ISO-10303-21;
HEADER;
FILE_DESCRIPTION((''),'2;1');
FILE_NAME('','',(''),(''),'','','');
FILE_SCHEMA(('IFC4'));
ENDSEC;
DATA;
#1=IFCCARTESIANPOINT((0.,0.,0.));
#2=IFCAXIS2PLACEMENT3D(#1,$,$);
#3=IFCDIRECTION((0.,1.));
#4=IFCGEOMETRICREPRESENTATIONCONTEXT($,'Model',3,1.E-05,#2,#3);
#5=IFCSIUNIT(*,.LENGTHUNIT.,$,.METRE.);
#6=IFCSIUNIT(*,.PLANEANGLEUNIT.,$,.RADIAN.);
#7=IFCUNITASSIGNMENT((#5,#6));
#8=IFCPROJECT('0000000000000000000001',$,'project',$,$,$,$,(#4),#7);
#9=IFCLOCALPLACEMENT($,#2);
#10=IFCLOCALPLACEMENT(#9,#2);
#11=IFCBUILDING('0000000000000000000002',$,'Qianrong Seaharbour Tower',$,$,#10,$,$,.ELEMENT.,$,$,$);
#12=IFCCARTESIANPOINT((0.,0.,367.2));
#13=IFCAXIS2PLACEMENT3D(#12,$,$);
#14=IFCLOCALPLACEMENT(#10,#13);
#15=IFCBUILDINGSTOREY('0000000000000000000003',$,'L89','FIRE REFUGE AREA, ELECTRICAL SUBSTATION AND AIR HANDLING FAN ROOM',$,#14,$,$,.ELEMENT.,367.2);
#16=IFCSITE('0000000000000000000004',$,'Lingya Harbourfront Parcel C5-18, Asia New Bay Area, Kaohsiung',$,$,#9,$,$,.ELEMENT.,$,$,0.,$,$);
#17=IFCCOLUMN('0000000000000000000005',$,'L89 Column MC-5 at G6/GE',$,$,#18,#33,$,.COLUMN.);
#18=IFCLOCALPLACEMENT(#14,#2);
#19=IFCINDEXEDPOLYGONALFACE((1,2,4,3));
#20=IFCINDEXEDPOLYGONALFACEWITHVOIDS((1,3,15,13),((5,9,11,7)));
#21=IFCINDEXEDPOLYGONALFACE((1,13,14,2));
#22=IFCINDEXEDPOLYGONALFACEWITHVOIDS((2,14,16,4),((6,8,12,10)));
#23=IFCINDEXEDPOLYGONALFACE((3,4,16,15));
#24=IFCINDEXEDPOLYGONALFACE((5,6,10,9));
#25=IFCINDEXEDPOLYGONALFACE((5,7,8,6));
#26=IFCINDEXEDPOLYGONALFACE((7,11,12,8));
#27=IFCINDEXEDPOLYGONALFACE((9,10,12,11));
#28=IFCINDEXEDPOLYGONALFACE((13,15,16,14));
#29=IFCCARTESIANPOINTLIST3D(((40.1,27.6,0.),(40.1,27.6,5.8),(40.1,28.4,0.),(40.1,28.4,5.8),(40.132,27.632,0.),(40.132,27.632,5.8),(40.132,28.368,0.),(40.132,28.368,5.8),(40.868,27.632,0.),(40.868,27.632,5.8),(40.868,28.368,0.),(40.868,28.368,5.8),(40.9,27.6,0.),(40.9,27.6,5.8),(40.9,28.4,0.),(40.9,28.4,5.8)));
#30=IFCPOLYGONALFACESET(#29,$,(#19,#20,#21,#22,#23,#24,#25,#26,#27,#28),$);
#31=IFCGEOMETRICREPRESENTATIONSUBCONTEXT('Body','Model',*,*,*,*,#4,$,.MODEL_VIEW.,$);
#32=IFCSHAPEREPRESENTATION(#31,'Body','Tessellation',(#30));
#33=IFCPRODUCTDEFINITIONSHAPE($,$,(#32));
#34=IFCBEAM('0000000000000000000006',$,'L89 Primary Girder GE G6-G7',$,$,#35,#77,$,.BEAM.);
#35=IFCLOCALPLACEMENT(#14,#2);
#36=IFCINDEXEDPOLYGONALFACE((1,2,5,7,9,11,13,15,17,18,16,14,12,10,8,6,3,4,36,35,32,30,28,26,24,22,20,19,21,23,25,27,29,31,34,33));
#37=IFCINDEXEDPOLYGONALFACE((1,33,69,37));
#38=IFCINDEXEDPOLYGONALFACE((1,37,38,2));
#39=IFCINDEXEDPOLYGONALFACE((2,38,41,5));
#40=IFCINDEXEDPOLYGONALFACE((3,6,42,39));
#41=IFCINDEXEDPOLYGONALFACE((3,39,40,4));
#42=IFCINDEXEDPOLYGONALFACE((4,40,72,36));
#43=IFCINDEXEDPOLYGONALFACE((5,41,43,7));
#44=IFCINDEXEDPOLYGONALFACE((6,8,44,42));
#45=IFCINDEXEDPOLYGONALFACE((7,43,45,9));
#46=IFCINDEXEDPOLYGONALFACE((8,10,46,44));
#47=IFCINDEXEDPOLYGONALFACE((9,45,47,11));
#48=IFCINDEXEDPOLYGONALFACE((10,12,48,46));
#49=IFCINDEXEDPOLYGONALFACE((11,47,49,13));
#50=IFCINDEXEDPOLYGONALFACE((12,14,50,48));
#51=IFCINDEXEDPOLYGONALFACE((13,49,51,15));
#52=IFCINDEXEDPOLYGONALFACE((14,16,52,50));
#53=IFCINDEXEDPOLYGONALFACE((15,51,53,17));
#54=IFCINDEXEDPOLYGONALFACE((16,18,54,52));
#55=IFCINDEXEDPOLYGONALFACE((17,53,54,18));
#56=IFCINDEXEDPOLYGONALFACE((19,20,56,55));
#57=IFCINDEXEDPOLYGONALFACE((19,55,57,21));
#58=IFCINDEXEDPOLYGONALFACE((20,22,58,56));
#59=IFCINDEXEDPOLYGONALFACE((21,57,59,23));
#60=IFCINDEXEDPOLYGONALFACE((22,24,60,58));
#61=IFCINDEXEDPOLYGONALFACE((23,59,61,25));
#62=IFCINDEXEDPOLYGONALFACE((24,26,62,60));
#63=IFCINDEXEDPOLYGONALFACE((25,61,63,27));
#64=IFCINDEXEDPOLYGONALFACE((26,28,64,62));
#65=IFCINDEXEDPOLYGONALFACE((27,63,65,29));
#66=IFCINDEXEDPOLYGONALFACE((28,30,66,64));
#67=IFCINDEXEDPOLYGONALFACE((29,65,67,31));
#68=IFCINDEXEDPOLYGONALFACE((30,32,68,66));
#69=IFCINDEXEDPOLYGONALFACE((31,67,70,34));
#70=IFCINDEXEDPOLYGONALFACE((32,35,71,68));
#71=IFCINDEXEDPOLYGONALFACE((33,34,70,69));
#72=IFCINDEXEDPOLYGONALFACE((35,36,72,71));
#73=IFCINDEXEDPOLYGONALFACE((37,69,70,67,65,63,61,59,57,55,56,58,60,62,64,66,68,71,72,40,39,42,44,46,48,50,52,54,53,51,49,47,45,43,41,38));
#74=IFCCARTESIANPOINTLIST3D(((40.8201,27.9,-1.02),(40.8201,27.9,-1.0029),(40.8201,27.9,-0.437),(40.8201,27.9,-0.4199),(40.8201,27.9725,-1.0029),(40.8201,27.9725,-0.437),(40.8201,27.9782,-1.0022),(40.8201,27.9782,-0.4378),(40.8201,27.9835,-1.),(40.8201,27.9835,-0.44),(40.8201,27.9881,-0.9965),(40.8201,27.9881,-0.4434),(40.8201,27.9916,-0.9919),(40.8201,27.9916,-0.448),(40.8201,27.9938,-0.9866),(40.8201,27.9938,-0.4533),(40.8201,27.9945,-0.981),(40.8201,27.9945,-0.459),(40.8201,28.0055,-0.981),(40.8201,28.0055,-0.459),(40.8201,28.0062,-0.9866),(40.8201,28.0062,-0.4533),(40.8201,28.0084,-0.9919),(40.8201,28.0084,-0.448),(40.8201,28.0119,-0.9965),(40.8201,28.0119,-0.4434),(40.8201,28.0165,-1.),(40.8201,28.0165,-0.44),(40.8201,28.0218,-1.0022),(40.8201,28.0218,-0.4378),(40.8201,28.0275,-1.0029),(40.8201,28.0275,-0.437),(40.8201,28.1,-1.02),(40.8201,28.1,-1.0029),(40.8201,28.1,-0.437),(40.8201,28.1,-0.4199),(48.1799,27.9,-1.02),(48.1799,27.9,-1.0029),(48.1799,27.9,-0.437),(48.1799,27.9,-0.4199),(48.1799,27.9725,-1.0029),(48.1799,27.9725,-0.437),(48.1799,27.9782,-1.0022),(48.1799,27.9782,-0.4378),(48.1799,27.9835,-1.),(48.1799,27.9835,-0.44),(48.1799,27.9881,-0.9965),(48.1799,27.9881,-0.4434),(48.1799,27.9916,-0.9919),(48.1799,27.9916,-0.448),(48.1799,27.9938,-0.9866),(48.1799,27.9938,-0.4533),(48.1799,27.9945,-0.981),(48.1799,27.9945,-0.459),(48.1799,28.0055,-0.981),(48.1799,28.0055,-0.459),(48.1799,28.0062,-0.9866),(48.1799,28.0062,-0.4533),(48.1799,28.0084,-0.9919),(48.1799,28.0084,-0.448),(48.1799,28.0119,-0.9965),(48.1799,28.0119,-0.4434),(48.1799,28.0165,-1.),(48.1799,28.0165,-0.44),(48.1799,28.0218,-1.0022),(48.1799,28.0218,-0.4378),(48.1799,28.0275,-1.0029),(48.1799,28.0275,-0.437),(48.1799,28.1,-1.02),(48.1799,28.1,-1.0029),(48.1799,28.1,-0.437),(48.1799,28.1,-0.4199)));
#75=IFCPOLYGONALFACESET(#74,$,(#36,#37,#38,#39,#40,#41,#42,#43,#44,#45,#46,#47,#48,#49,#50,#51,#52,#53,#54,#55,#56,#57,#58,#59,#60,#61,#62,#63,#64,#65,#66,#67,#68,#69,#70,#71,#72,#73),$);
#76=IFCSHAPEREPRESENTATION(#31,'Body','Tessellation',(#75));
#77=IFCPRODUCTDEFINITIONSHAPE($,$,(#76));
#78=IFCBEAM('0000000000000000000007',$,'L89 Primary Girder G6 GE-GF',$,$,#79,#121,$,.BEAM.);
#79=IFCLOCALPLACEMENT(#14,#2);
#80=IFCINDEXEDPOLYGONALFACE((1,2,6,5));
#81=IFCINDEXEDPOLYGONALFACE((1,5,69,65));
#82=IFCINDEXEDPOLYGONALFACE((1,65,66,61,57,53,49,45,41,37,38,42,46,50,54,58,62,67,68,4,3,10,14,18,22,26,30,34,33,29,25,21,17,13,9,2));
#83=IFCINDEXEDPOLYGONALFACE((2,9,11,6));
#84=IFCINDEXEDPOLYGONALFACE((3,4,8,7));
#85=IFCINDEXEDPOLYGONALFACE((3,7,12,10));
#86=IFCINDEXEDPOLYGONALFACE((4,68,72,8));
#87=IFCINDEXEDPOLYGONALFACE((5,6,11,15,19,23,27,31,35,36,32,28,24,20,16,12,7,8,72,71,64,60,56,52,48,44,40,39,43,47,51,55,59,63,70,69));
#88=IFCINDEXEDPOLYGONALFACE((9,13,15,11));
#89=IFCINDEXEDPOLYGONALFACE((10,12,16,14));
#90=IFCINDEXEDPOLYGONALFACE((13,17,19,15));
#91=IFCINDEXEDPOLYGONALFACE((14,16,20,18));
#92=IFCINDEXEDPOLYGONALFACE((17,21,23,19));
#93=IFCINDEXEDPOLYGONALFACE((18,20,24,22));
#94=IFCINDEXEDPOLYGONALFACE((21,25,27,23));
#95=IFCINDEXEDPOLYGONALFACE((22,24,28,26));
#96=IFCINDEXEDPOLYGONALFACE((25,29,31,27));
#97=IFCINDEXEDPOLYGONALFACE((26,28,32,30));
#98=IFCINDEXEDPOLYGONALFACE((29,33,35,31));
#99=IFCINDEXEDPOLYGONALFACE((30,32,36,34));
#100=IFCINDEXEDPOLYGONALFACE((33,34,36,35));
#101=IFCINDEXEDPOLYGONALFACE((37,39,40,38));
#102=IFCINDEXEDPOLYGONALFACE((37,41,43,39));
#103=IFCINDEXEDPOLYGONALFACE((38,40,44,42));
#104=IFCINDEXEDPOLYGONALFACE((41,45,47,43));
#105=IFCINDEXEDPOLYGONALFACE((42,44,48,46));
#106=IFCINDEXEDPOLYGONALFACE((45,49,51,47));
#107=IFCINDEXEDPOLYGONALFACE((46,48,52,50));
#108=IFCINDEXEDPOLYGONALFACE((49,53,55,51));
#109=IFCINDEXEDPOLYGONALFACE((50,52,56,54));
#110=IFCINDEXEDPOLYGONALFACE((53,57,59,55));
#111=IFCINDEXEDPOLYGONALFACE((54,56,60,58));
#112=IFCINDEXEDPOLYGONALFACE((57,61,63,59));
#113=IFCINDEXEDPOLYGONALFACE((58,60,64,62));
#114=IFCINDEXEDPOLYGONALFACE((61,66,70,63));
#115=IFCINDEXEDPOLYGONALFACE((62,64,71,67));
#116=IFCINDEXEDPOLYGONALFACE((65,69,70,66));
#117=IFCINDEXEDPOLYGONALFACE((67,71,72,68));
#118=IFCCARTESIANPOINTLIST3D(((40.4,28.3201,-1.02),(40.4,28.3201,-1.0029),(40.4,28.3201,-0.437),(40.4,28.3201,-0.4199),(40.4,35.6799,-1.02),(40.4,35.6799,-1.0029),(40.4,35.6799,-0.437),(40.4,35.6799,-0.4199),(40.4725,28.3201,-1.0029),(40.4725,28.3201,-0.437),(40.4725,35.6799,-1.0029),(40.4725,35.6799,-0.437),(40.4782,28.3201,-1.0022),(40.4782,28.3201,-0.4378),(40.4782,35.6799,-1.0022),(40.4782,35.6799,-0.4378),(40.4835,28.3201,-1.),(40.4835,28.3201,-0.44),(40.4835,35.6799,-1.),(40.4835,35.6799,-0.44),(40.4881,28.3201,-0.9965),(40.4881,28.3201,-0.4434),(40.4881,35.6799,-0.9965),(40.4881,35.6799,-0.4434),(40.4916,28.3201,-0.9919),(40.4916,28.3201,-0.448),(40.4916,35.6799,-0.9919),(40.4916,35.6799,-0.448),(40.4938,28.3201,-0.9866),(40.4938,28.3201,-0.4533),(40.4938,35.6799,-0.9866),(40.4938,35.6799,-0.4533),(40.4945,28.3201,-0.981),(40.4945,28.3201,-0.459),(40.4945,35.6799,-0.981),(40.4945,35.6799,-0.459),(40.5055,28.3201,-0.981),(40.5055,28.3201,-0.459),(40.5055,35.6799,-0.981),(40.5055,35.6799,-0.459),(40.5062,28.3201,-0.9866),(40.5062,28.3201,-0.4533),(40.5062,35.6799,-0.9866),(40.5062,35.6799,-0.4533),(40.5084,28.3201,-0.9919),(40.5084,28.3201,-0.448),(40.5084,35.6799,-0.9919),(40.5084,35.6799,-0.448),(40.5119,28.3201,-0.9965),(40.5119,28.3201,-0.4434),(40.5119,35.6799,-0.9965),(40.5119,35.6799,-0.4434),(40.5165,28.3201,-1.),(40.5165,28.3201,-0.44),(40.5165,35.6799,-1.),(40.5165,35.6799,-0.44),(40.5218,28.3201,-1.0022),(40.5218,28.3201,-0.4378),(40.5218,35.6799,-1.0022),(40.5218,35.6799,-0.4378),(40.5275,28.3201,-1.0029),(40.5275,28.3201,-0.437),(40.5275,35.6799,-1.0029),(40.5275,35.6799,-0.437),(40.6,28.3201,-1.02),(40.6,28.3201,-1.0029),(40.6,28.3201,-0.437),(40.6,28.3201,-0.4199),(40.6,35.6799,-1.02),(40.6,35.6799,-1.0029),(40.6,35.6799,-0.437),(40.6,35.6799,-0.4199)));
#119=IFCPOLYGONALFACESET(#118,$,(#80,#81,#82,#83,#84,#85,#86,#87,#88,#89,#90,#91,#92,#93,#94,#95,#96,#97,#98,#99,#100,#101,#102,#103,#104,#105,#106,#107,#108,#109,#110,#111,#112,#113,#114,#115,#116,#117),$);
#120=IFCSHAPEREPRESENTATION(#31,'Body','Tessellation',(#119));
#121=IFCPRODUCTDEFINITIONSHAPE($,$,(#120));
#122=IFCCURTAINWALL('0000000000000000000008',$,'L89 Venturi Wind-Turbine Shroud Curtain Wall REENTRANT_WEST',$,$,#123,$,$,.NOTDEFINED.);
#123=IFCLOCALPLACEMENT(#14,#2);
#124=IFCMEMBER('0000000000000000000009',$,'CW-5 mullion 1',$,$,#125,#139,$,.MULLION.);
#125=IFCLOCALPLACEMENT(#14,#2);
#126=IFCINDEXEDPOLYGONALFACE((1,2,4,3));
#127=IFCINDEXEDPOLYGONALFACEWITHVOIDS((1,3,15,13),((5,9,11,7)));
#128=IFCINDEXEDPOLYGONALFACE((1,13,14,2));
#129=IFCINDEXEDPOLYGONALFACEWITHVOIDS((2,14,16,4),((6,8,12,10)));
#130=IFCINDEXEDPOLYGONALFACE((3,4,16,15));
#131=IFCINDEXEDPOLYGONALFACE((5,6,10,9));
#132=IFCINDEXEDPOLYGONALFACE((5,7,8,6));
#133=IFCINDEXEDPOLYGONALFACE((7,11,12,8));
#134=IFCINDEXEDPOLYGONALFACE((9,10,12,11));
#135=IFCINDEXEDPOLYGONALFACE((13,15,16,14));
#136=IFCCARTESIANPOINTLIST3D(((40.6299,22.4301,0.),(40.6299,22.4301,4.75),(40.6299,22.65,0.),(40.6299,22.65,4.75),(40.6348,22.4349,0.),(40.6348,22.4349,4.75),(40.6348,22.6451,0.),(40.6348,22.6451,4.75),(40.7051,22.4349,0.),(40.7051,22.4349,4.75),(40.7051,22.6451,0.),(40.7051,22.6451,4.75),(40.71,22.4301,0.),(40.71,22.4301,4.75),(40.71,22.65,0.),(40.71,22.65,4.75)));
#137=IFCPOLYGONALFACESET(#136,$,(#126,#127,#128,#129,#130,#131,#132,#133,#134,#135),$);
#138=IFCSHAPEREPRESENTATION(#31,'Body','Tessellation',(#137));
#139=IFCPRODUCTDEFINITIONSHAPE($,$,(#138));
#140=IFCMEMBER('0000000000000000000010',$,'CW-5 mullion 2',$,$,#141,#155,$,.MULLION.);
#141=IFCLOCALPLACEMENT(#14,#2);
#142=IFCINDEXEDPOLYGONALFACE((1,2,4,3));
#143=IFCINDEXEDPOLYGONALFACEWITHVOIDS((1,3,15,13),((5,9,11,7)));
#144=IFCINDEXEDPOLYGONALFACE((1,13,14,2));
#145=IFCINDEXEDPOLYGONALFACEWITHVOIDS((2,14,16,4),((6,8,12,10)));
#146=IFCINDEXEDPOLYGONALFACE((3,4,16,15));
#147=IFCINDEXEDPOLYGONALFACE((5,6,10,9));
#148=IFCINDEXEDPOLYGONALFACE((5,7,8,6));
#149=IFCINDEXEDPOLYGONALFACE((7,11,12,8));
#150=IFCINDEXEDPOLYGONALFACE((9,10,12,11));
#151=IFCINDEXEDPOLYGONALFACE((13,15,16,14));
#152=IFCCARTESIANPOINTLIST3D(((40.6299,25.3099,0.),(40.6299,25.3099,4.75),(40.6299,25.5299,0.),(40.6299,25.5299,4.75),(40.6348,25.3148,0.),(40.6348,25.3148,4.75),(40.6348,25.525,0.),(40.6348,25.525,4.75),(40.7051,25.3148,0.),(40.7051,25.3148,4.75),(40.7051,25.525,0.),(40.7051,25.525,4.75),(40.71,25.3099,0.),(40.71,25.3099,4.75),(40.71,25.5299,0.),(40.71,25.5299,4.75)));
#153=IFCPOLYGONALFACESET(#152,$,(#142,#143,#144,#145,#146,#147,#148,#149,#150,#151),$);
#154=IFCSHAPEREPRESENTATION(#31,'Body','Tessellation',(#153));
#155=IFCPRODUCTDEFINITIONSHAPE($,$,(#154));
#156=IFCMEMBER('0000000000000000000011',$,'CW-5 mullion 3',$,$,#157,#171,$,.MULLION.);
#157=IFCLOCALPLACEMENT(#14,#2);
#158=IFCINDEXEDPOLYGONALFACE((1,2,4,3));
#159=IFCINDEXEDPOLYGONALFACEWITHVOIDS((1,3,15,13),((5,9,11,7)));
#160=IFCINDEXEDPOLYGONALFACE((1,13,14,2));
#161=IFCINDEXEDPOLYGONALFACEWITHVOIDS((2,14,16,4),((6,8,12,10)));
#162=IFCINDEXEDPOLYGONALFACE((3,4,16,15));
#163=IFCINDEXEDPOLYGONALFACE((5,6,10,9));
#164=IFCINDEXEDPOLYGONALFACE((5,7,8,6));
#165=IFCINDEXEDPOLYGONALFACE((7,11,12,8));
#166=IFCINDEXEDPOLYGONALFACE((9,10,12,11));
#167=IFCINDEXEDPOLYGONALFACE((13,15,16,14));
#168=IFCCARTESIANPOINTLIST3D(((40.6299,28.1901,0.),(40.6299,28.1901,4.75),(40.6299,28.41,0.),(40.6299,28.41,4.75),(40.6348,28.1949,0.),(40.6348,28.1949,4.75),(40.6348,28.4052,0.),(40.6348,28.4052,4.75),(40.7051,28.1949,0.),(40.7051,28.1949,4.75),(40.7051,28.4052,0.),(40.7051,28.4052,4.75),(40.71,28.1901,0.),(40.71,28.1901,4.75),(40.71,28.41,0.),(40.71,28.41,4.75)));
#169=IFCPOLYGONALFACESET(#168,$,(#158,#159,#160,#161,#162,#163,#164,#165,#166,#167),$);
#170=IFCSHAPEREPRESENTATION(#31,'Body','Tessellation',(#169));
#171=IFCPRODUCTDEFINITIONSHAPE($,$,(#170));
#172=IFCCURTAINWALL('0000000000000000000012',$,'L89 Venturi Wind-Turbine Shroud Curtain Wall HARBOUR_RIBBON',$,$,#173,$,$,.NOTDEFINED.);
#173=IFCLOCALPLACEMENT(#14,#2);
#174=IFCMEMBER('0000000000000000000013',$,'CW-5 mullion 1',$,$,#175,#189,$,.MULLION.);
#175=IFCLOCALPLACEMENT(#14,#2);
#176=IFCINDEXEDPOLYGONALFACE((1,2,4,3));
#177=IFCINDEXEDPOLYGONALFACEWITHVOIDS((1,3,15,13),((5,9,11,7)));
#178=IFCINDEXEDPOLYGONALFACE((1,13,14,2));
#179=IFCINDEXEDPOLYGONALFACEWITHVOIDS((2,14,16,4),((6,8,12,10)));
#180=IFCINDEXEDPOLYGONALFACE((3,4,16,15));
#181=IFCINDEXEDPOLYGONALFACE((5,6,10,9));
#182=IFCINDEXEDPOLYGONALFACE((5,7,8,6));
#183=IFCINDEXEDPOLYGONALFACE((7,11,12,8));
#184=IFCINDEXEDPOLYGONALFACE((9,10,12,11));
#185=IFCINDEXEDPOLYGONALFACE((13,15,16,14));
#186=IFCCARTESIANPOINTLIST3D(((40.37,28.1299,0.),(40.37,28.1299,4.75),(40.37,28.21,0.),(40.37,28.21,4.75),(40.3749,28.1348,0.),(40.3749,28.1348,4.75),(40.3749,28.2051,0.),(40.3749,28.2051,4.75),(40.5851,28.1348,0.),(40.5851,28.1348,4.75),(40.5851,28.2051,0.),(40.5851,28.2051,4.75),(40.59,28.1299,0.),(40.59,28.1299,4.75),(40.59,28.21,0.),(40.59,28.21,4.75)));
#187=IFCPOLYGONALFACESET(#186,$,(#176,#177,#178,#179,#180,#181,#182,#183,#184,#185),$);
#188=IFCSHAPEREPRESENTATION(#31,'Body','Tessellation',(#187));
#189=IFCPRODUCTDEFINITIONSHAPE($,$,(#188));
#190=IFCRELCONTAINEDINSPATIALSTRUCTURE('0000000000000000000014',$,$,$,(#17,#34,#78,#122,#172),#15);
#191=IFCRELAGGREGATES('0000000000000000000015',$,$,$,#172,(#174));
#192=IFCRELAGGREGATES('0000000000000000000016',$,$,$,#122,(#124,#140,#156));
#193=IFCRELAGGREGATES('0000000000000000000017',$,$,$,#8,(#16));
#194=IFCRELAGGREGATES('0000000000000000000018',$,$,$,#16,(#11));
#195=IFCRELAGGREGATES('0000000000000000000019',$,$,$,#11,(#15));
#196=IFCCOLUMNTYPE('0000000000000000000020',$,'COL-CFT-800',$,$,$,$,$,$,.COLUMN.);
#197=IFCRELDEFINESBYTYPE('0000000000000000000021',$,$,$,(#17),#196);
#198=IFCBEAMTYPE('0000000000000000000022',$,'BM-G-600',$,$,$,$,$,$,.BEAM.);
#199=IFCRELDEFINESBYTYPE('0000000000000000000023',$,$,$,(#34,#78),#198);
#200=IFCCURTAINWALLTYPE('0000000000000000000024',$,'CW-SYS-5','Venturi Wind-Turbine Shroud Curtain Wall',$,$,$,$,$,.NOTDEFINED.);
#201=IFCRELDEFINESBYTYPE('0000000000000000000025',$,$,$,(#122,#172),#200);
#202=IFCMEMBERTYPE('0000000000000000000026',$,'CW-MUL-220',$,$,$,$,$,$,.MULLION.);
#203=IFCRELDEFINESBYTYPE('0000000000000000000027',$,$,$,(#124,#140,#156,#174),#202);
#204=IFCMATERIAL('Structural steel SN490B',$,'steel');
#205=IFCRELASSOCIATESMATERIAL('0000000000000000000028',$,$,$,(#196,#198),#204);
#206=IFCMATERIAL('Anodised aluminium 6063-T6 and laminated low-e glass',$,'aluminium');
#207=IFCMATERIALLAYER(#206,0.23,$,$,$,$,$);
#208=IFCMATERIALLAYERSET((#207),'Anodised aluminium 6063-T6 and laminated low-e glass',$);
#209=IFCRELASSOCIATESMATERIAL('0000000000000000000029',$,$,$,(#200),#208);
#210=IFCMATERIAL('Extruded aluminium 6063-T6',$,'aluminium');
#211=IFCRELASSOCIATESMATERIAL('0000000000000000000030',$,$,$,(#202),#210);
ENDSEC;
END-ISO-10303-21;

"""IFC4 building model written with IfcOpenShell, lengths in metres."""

from ifc_helpers import new_model, si_unit, direction, frame, origin, origin_2d, place, context, subcontext, project, spatial, hollow_rectangle, i_section, extrude, material, layer, layer_set, material_profile, profile_set, type_object, element, aggregate, save


model = new_model("IFC4")

# Units and contexts
model_context = context("Model", 3, precision=1e-05, world=origin(), true_north=direction((0.0, 1.0)))
body_context = subcontext(model_context, "Body", "Model", "MODEL_VIEW")
ifc_project = project(units=[si_unit("LENGTHUNIT", "METRE"), si_unit("PLANEANGLEUNIT", "RADIAN")], contexts=[model_context])

# Site, building, storey
site_placement = place(None, origin())
site = spatial("IfcSite", under=ifc_project, at=site_placement, Name="Lingya Harbourfront Parcel C5-18, Asia New Bay Area, Kaohsiung", CompositionType="ELEMENT", RefElevation=0.0)
building_placement = place(site_placement, origin())
building = spatial("IfcBuilding", under=site, at=building_placement, Name="Qianrong Seaharbour Tower", CompositionType="ELEMENT")
storey_placement = place(building_placement, frame((0.0, 0.0, 367.2)))
storey = spatial("IfcBuildingStorey", under=building, at=storey_placement, Name="L89", Description="FIRE REFUGE AREA, ELECTRICAL SUBSTATION AND AIR HANDLING FAN ROOM", CompositionType="ELEMENT", Elevation=367.2)

# Column
ifc_material_1 = material(Name="Structural steel SN490B", Category="steel")
ifc_material_profile_1 = material_profile(ifc_material_1, hollow_rectangle(XDim=0.8, YDim=0.8, WallThickness=0.032, at=origin_2d()), Name="BOX800x800x32")
ifc_profile_set_1 = profile_set([ifc_material_profile_1], Name="Structural steel SN490B")
column_type = type_object("IfcColumnType", Name="COL-CFT-800", PredefinedType="COLUMN", material=ifc_profile_set_1)
column_placement = place(storey_placement, frame((40.5, 28.0, 0.0), z_axis=(0.0, 0.0, 1.0), x_axis=(1.0, 0.0, 0.0)))
element("IfcColumn", 1, at=column_placement, inside=storey, type_object=column_type, Name="L89 Column MC-5 at G6/GE", PredefinedType="COLUMN", context=body_context, shape_type="SweptSolid", body=[
    extrude(hollow_rectangle(XDim=0.8, YDim=0.8, WallThickness=0.032, at=origin_2d()), origin(), (0.0, 0.0, 1.0), 5.8),
])

# Beams
ifc_material_profile_2 = material_profile(ifc_material_1, i_section(OverallWidth=0.2, OverallDepth=0.6001, WebThickness=0.011, FlangeThickness=0.0171, FilletRadius=0.022, at=origin_2d()), Name="H600x200x11x17")
ifc_profile_set_2 = profile_set([ifc_material_profile_2], Name="Structural steel SN490B")
beam_type = type_object("IfcBeamType", Name="BM-G-600", PredefinedType="BEAM", material=ifc_profile_set_2)
for number, where, z_axis, x_axis, name in (
    (2, (40.8201, 28.0, -0.72), (1.0, 0.0, 0.0), (0.0, 1.0, 0.0), "L89 Primary Girder GE G6-G7"),
    (3, (40.5, 28.3201, -0.72), (0.0, 1.0, 0.0), (-1.0, 0.0, 0.0), "L89 Primary Girder G6 GE-GF"),
):
    element("IfcBeam", number, at=place(storey_placement, frame(where, z_axis=z_axis, x_axis=x_axis)), inside=storey, type_object=beam_type, Name=name, PredefinedType="BEAM", context=body_context, shape_type="SweptSolid", body=[
        extrude(i_section(OverallWidth=0.2, OverallDepth=0.6001, WebThickness=0.011, FlangeThickness=0.0171, FilletRadius=0.022, at=origin_2d()), origin(), (0.0, 0.0, 1.0), 7.3599),
    ])

# Curtain wall, members
ifc_material_2 = material(Name="Anodised aluminium 6063-T6 and laminated low-e glass", Category="aluminium")
ifc_layer_1 = layer(ifc_material_2, 0.23)
ifc_layer_set_1 = layer_set([ifc_layer_1], Name="Anodised aluminium 6063-T6 and laminated low-e glass")
curtain_wall_type = type_object("IfcCurtainWallType", Name="CW-SYS-5", Description="Venturi Wind-Turbine Shroud Curtain Wall", PredefinedType="NOTDEFINED", material=ifc_layer_set_1)
curtain_wall_1_placement = place(storey_placement, origin())
curtain_wall_1 = element("IfcCurtainWall", 4, at=curtain_wall_1_placement, inside=storey, type_object=curtain_wall_type, Name="L89 Venturi Wind-Turbine Shroud Curtain Wall REENTRANT_WEST", PredefinedType="NOTDEFINED")
ifc_material_3 = material(Name="Extruded aluminium 6063-T6", Category="aluminium")
ifc_material_profile_3 = material_profile(ifc_material_3, hollow_rectangle(XDim=0.0801, YDim=0.22, WallThickness=0.0049, at=origin_2d()), Name="ALU-MUL-220x80x5")
ifc_profile_set_3 = profile_set([ifc_material_profile_3], Name="Extruded aluminium 6063-T6")
member_type_1 = type_object("IfcMemberType", Name="CW-MUL-220", PredefinedType="MULLION", material=ifc_profile_set_3)
member_1_placement = place(storey_placement, frame((40.6699, 22.54, 0.0), z_axis=(0.0, 0.0, 1.0), x_axis=(-1.0, 0.0, 0.0)))
member_1 = element("IfcMember", 5, at=member_1_placement, type_object=member_type_1, Name="CW-5 mullion 1", PredefinedType="MULLION", context=body_context, shape_type="SweptSolid", body=[
    extrude(hollow_rectangle(XDim=0.0801, YDim=0.22, WallThickness=0.0049, at=origin_2d()), origin(), (0.0, 0.0, 1.0), 4.75),
])
member_2_placement = place(storey_placement, frame((40.6699, 25.4199, 0.0), z_axis=(0.0, 0.0, 1.0), x_axis=(-1.0, 0.0, 0.0)))
member_2 = element("IfcMember", 6, at=member_2_placement, type_object=member_type_1, Name="CW-5 mullion 2", PredefinedType="MULLION", context=body_context, shape_type="SweptSolid", body=[
    extrude(hollow_rectangle(XDim=0.0801, YDim=0.22, WallThickness=0.0049, at=origin_2d()), origin(), (0.0, 0.0, 1.0), 4.75),
])
member_3_placement = place(storey_placement, frame((40.6699, 28.3, 0.0), z_axis=(0.0, 0.0, 1.0), x_axis=(-1.0, 0.0, 0.0)))
member_3 = element("IfcMember", 7, at=member_3_placement, type_object=member_type_1, Name="CW-5 mullion 3", PredefinedType="MULLION", context=body_context, shape_type="SweptSolid", body=[
    extrude(hollow_rectangle(XDim=0.0801, YDim=0.22, WallThickness=0.0049, at=origin_2d()), origin(), (0.0, 0.0, 1.0), 4.75),
])

# Curtain wall, member
curtain_wall_2_placement = place(storey_placement, origin())
curtain_wall_2 = element("IfcCurtainWall", 8, at=curtain_wall_2_placement, inside=storey, type_object=curtain_wall_type, Name="L89 Venturi Wind-Turbine Shroud Curtain Wall HARBOUR_RIBBON", PredefinedType="NOTDEFINED")
member_4_placement = place(storey_placement, frame((40.48, 28.1699, 0.0), z_axis=(0.0, 0.0, 1.0), x_axis=(0.0, -1.0, 0.0)))
member_4 = element("IfcMember", 9, at=member_4_placement, type_object=member_type_1, Name="CW-5 mullion 1", PredefinedType="MULLION", context=body_context, shape_type="SweptSolid", body=[
    extrude(hollow_rectangle(XDim=0.0801, YDim=0.22, WallThickness=0.0049, at=origin_2d()), origin(), (0.0, 0.0, 1.0), 4.75),
])

aggregate(curtain_wall_2, [member_4])

aggregate(curtain_wall_1, [member_1, member_2, member_3])

save(model, "model.ifc")
